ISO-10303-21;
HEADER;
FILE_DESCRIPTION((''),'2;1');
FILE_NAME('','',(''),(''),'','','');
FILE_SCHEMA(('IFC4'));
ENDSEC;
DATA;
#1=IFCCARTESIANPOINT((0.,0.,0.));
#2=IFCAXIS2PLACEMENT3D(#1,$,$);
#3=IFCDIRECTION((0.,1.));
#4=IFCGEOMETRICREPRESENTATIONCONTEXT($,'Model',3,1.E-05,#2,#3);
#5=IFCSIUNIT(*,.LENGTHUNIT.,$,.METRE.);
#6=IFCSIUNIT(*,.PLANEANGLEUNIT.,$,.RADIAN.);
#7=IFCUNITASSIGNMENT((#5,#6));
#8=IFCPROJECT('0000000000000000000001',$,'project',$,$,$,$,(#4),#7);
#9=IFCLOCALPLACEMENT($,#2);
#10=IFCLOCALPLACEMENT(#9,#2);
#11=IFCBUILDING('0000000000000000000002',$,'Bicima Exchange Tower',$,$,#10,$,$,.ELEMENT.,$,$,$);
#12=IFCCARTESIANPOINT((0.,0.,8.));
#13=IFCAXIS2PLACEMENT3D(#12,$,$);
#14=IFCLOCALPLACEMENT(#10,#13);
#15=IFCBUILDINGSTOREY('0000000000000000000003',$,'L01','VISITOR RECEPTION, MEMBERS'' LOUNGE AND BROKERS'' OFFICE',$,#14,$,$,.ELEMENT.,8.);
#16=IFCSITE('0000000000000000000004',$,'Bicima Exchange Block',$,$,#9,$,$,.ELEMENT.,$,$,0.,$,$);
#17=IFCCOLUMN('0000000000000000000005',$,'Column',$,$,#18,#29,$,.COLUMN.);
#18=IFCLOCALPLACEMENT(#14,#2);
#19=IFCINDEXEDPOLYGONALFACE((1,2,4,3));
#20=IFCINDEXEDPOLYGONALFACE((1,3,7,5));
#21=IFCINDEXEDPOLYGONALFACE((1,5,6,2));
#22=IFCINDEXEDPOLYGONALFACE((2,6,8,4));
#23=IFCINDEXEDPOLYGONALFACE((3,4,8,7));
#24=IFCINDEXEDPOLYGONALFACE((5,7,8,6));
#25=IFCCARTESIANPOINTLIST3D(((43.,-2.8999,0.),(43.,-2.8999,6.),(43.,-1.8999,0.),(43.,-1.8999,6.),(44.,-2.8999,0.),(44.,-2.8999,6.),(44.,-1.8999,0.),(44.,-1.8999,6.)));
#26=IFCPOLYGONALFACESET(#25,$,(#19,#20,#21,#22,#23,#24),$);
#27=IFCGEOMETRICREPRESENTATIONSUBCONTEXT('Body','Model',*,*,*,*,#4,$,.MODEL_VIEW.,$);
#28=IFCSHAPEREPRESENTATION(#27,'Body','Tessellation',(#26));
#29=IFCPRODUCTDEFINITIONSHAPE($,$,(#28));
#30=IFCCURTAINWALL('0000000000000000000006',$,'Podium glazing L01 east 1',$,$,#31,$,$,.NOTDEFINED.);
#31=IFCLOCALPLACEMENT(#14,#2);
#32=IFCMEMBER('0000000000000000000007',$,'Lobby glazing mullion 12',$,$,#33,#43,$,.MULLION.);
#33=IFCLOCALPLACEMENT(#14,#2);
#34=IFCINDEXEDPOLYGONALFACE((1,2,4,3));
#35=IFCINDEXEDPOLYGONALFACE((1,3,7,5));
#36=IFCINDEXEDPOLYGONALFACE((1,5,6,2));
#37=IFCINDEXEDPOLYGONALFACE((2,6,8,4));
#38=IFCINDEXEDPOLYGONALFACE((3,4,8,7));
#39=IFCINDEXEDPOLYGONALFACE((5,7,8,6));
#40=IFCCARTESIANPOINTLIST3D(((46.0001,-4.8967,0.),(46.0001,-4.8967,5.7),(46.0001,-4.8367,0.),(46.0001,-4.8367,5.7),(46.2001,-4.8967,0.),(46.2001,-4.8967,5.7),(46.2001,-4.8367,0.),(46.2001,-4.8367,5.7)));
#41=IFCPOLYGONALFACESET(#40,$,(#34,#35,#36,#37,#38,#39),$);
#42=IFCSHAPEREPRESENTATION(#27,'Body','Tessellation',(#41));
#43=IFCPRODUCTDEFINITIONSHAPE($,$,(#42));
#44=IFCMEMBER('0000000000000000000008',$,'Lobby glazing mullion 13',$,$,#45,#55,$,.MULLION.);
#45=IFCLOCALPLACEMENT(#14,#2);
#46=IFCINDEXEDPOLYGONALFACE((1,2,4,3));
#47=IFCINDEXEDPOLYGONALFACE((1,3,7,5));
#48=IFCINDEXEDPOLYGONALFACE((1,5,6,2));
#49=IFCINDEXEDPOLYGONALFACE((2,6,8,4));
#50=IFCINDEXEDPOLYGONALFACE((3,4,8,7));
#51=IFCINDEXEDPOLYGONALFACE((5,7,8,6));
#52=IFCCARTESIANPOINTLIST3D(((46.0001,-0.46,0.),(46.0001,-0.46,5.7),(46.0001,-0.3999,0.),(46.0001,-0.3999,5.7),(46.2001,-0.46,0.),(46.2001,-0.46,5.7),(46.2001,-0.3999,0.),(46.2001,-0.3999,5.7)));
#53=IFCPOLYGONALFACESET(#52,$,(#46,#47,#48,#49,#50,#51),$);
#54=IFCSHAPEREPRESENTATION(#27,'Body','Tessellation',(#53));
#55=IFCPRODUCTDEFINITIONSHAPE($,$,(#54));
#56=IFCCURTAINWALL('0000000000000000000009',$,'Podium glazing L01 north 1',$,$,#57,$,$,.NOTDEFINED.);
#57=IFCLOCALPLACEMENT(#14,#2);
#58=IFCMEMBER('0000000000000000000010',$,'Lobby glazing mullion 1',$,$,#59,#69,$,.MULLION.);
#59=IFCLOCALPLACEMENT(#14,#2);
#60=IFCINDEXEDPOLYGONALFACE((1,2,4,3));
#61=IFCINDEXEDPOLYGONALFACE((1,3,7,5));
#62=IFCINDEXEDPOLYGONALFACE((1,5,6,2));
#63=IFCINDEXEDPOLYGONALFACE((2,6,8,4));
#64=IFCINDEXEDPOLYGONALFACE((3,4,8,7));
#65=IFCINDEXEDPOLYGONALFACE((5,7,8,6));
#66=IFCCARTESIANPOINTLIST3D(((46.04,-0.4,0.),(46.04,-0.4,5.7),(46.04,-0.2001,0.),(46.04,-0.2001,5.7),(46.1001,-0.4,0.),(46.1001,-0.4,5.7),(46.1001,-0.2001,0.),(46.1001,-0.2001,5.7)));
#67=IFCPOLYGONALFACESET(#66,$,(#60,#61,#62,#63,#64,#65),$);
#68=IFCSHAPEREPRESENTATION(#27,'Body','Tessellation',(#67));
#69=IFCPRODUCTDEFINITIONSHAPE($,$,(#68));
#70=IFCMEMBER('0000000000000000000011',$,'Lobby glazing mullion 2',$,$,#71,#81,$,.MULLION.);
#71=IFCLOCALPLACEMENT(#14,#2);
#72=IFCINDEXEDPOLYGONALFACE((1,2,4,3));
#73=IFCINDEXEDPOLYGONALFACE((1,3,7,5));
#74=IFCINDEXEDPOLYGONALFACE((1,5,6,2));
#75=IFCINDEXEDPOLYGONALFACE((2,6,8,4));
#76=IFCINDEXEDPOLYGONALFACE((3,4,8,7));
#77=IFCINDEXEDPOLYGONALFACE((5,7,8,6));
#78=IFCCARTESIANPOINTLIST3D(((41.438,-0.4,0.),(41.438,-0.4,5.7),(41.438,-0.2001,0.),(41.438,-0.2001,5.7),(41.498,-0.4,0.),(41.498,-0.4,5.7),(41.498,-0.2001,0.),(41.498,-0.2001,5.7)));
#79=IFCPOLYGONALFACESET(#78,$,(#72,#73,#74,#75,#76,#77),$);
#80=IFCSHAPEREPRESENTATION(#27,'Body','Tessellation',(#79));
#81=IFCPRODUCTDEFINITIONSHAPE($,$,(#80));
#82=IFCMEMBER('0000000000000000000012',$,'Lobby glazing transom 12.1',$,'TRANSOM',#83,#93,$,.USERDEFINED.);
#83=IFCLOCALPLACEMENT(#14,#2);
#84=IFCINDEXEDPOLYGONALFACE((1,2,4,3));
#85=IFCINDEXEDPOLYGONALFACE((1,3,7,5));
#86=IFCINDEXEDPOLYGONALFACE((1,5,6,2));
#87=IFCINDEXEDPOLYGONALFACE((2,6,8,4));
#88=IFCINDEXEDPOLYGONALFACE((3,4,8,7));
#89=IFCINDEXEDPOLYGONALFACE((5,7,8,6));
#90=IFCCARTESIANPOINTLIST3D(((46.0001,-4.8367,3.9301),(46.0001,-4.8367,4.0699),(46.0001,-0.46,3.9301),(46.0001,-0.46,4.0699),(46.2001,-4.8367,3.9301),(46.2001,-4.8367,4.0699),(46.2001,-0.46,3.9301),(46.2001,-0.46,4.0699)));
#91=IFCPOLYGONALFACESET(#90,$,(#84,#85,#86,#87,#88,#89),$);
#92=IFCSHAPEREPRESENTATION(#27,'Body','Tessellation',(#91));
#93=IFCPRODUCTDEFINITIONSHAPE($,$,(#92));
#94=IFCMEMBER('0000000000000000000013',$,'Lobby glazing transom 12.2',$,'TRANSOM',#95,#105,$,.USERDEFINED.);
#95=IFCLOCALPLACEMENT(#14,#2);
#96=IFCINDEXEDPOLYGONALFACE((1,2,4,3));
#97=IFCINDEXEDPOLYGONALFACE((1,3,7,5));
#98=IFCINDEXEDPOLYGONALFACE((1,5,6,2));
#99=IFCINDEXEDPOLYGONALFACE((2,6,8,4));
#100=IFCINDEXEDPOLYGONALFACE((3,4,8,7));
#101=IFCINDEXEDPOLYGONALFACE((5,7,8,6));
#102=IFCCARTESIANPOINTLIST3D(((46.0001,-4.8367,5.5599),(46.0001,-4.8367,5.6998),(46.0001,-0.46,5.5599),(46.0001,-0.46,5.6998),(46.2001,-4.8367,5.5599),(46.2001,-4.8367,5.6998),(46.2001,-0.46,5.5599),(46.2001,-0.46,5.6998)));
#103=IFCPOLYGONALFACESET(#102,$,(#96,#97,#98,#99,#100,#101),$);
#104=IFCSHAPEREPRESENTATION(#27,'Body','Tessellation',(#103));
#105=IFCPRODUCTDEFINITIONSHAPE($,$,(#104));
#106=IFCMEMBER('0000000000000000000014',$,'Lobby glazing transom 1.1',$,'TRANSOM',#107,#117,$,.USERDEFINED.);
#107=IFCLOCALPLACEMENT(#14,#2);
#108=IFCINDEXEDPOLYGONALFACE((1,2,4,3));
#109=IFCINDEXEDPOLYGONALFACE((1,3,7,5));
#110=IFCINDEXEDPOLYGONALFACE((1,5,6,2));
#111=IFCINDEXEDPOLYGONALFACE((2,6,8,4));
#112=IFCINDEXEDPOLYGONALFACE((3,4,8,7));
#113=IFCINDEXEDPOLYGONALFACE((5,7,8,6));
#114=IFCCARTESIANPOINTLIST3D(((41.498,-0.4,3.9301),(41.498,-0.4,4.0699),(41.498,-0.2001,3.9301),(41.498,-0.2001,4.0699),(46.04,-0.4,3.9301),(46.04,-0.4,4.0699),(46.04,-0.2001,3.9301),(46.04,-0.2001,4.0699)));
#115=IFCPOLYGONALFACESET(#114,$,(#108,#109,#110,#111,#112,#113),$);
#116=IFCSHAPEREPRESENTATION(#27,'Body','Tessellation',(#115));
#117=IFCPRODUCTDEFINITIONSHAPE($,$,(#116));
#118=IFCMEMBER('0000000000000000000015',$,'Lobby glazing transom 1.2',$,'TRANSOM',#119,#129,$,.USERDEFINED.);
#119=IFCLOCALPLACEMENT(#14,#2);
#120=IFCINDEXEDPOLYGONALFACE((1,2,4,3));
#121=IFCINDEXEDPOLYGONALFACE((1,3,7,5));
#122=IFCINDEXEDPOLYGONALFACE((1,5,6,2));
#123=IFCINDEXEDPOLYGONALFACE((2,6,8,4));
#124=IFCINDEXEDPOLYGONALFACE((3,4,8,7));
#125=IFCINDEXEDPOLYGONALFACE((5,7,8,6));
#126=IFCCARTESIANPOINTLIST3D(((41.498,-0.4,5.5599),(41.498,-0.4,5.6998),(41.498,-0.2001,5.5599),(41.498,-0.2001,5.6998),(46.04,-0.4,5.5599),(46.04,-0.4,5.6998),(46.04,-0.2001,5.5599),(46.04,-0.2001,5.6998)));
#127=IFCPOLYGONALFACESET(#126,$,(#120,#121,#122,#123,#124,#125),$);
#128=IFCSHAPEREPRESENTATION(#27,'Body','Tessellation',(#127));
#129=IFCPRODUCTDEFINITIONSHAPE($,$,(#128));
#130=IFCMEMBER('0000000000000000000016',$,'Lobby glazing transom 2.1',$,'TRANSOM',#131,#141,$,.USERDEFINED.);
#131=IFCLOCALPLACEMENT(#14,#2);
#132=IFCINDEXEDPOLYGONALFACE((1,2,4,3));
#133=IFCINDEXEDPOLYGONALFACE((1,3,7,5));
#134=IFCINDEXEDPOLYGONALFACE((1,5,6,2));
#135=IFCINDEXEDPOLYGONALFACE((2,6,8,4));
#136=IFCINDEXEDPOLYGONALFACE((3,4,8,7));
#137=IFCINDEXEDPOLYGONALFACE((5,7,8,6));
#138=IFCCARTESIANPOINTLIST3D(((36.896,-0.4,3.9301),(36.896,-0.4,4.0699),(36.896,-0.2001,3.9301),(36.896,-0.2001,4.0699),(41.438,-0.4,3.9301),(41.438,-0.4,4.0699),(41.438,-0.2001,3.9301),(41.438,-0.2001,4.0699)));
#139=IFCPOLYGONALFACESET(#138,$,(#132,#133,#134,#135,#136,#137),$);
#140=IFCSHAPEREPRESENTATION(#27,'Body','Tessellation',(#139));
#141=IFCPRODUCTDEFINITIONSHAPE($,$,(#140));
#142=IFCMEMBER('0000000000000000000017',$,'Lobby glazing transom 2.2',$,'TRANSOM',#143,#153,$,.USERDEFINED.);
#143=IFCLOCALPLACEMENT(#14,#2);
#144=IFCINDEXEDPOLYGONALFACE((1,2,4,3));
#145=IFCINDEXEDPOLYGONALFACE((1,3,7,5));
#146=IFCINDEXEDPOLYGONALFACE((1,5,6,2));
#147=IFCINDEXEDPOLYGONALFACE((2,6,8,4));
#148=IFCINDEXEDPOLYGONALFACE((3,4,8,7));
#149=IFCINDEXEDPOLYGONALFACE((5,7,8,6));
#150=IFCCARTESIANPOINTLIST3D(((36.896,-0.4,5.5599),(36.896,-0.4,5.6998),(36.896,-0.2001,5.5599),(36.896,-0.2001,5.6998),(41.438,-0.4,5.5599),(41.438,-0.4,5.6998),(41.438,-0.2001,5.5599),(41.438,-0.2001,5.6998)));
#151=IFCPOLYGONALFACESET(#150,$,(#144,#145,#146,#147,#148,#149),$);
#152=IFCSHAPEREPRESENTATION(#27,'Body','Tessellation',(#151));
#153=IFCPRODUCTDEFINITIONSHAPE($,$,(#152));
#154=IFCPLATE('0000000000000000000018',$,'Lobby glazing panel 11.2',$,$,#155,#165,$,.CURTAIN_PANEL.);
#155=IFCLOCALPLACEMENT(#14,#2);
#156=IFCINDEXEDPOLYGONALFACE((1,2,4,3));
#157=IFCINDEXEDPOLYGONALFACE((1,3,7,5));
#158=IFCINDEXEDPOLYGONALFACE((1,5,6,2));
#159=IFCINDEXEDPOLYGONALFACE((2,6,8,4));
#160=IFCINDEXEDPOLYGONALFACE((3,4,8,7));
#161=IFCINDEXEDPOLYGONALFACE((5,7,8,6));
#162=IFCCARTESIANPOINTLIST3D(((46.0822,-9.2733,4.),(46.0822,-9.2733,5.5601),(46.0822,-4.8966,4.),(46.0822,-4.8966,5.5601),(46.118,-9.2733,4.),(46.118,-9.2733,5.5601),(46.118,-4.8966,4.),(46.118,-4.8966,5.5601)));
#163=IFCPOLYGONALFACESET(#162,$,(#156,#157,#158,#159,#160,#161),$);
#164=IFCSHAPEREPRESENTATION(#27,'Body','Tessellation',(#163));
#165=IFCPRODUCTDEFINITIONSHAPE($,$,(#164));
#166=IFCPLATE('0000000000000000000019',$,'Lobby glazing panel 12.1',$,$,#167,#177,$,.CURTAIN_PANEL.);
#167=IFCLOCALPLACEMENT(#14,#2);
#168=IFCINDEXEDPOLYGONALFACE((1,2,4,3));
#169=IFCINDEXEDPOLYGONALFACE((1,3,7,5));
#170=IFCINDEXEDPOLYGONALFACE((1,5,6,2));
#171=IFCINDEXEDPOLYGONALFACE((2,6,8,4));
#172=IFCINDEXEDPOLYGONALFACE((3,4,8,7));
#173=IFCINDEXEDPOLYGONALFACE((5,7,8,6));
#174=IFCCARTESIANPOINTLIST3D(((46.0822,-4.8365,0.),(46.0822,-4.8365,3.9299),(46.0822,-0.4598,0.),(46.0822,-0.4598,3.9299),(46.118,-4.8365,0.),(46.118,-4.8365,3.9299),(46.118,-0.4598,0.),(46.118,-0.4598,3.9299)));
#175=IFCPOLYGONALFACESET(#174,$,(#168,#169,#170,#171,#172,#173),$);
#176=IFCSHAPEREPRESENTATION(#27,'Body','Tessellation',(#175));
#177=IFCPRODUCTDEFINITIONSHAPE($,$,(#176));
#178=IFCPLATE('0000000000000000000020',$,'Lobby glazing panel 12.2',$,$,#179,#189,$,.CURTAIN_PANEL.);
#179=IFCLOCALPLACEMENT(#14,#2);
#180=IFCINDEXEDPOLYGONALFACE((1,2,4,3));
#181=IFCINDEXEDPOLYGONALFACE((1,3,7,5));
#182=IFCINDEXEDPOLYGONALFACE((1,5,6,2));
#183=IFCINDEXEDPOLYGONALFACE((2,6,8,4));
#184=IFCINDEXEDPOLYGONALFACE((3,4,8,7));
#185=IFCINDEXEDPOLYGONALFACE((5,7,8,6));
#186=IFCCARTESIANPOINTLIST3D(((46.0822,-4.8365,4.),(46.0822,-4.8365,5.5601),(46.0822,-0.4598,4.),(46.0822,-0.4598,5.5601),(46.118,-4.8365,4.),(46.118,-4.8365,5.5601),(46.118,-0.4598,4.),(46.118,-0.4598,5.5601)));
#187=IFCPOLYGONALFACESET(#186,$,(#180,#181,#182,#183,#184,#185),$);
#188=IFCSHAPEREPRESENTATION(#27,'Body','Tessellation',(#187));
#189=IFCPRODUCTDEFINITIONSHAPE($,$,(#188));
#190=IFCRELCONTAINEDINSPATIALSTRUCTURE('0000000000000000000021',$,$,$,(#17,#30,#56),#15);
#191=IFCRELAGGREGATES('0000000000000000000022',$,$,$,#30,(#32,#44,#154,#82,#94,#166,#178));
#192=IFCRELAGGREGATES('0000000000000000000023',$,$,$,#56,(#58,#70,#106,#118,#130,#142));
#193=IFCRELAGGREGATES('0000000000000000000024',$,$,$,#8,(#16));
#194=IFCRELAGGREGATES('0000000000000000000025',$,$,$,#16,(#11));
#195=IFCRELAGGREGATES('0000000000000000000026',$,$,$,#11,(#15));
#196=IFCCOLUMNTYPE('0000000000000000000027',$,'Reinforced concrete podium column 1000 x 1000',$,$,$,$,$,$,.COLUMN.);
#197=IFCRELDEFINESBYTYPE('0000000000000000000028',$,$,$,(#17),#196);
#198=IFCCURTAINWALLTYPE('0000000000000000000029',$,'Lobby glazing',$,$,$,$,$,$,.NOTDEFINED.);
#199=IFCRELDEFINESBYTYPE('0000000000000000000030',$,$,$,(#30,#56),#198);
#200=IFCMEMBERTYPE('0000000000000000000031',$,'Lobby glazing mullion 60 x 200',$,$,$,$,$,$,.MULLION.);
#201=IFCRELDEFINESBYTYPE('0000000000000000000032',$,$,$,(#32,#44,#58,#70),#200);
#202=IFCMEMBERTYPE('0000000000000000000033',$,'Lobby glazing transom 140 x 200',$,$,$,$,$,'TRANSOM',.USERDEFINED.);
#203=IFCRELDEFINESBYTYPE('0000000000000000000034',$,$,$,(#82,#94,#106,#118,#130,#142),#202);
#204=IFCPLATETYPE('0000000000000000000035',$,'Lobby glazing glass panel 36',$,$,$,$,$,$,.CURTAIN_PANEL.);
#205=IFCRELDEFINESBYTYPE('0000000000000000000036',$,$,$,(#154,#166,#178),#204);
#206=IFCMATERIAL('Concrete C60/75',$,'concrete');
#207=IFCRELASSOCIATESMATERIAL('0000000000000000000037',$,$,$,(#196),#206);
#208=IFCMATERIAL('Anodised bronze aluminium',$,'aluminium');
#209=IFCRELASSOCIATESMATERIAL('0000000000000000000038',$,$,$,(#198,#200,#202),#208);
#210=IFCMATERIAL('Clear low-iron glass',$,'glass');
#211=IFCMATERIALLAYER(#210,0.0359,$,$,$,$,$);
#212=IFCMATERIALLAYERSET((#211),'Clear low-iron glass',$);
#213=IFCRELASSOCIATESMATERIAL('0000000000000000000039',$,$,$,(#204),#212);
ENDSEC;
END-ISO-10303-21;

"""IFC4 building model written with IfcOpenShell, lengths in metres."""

from ifc_helpers import new_model, si_unit, direction, frame, origin, origin_2d, place, context, subcontext, project, spatial, rectangle, extrude, material, layer, layer_set, material_profile, profile_set, type_object, element, aggregate, save


model = new_model("IFC4")

# Units and contexts
model_context = context("Model", 3, precision=1e-05, world=origin(), true_north=direction((0.0, 1.0)))
body_context = subcontext(model_context, "Body", "Model", "MODEL_VIEW")
ifc_project = project(units=[si_unit("LENGTHUNIT", "METRE"), si_unit("PLANEANGLEUNIT", "RADIAN")], contexts=[model_context])

# Site, building, storey
site_placement = place(None, origin())
site = spatial("IfcSite", under=ifc_project, at=site_placement, Name="Bicima Exchange Block", CompositionType="ELEMENT", RefElevation=0.0)
building_placement = place(site_placement, origin())
building = spatial("IfcBuilding", under=site, at=building_placement, Name="Bicima Exchange Tower", CompositionType="ELEMENT")
storey_placement = place(building_placement, frame((0.0, 0.0, 8.0)))
storey = spatial("IfcBuildingStorey", under=building, at=storey_placement, Name="L01", Description="VISITOR RECEPTION, MEMBERS' LOUNGE AND BROKERS' OFFICE", CompositionType="ELEMENT", Elevation=8.0)

# Column
ifc_material_1 = material(Name="Concrete C60/75", Category="concrete")
ifc_material_profile_1 = material_profile(ifc_material_1, rectangle(XDim=1.0, YDim=1.0, at=origin_2d()))
ifc_profile_set_1 = profile_set([ifc_material_profile_1], Name="Concrete C60/75")
column_type = type_object("IfcColumnType", Name="Reinforced concrete podium column 1000 x 1000", PredefinedType="COLUMN", material=ifc_profile_set_1)
column_placement = place(storey_placement, frame((43.5, -2.3999, 0.0), z_axis=(0.0, 0.0, 1.0), x_axis=(1.0, 0.0, 0.0)))
element("IfcColumn", 1, at=column_placement, inside=storey, type_object=column_type, Name="Column", PredefinedType="COLUMN", context=body_context, shape_type="SweptSolid", body=[
    extrude(rectangle(XDim=1.0, YDim=1.0, at=origin_2d()), origin(), (0.0, 0.0, 1.0), 6.0),
])

# Curtain walls, members
ifc_material_2 = material(Name="Anodised bronze aluminium", Category="aluminium")
curtain_wall_type = type_object("IfcCurtainWallType", Name="Lobby glazing", PredefinedType="NOTDEFINED", material=ifc_material_2)
curtain_wall_1_placement = place(storey_placement, origin())
curtain_wall_1 = element("IfcCurtainWall", 2, at=curtain_wall_1_placement, inside=storey, type_object=curtain_wall_type, Name="Podium glazing L01 east 1", PredefinedType="NOTDEFINED")
ifc_material_profile_2 = material_profile(ifc_material_2, rectangle(XDim=0.2, YDim=0.0601, at=origin_2d()))
ifc_profile_set_2 = profile_set([ifc_material_profile_2], Name="Anodised bronze aluminium")
member_type_1 = type_object("IfcMemberType", Name="Lobby glazing mullion 60 x 200", PredefinedType="MULLION", material=ifc_profile_set_2)
member_1_placement = place(storey_placement, frame((46.1001, -4.8667, 0.0), z_axis=(0.0, 0.0, 1.0), x_axis=(-1.0, 0.0, 0.0)))
member_1 = element("IfcMember", 3, at=member_1_placement, type_object=member_type_1, Name="Lobby glazing mullion 12", PredefinedType="MULLION", context=body_context, shape_type="SweptSolid", body=[
    extrude(rectangle(XDim=0.2, YDim=0.0601, at=origin_2d()), origin(), (0.0, 0.0, 1.0), 5.7),
])
member_2_placement = place(storey_placement, frame((46.1001, -0.4299, 0.0), z_axis=(0.0, 0.0, 1.0), x_axis=(-1.0, 0.0, 0.0)))
member_2 = element("IfcMember", 4, at=member_2_placement, type_object=member_type_1, Name="Lobby glazing mullion 13", PredefinedType="MULLION", context=body_context, shape_type="SweptSolid", body=[
    extrude(rectangle(XDim=0.2, YDim=0.0601, at=origin_2d()), origin(), (0.0, 0.0, 1.0), 5.7),
])
curtain_wall_2_placement = place(storey_placement, origin())
curtain_wall_2 = element("IfcCurtainWall", 5, at=curtain_wall_2_placement, inside=storey, type_object=curtain_wall_type, Name="Podium glazing L01 north 1", PredefinedType="NOTDEFINED")
member_3_placement = place(storey_placement, frame((46.0701, -0.3, 0.0), z_axis=(0.0, 0.0, 1.0), x_axis=(0.0, -1.0, 0.0)))
member_3 = element("IfcMember", 6, at=member_3_placement, type_object=member_type_1, Name="Lobby glazing mullion 1", PredefinedType="MULLION", context=body_context, shape_type="SweptSolid", body=[
    extrude(rectangle(XDim=0.2, YDim=0.0601, at=origin_2d()), origin(), (0.0, 0.0, 1.0), 5.7),
])
member_4_placement = place(storey_placement, frame((41.468, -0.3, 0.0), z_axis=(0.0, 0.0, 1.0), x_axis=(0.0, -1.0, 0.0)))
member_4 = element("IfcMember", 7, at=member_4_placement, type_object=member_type_1, Name="Lobby glazing mullion 2", PredefinedType="MULLION", context=body_context, shape_type="SweptSolid", body=[
    extrude(rectangle(XDim=0.2, YDim=0.0601, at=origin_2d()), origin(), (0.0, 0.0, 1.0), 5.7),
])

# Members
ifc_material_profile_3 = material_profile(ifc_material_2, rectangle(XDim=0.2, YDim=0.1399, at=origin_2d()))
ifc_profile_set_3 = profile_set([ifc_material_profile_3], Name="Anodised bronze aluminium")
member_type_2 = type_object("IfcMemberType", Name="Lobby glazing transom 140 x 200", ElementType="TRANSOM", PredefinedType="USERDEFINED", material=ifc_profile_set_3)
member_5_placement = place(storey_placement, frame((46.1001, -4.8367, 4.0), z_axis=(0.0, 1.0, 0.0), x_axis=(-1.0, 0.0, 0.0)))
member_5 = element("IfcMember", 8, at=member_5_placement, type_object=member_type_2, Name="Lobby glazing transom 12.1", ObjectType="TRANSOM", PredefinedType="USERDEFINED", context=body_context, shape_type="SweptSolid", body=[
    extrude(rectangle(XDim=0.2, YDim=0.1399, at=origin_2d()), origin(), (0.0, 0.0, 1.0), 4.3767),
])
member_6_placement = place(storey_placement, frame((46.1001, -4.8367, 5.6299), z_axis=(0.0, 1.0, 0.0), x_axis=(-1.0, 0.0, 0.0)))
member_6 = element("IfcMember", 9, at=member_6_placement, type_object=member_type_2, Name="Lobby glazing transom 12.2", ObjectType="TRANSOM", PredefinedType="USERDEFINED", context=body_context, shape_type="SweptSolid", body=[
    extrude(rectangle(XDim=0.2, YDim=0.1399, at=origin_2d()), origin(), (0.0, 0.0, 1.0), 4.3767),
])
member_7_placement = place(storey_placement, frame((46.04, -0.3, 4.0), z_axis=(-1.0, 0.0, 0.0), x_axis=(0.0, -1.0, 0.0)))
member_7 = element("IfcMember", 10, at=member_7_placement, type_object=member_type_2, Name="Lobby glazing transom 1.1", ObjectType="TRANSOM", PredefinedType="USERDEFINED", context=body_context, shape_type="SweptSolid", body=[
    extrude(rectangle(XDim=0.2, YDim=0.1399, at=origin_2d()), origin(), (0.0, 0.0, 1.0), 4.542),
])
member_8_placement = place(storey_placement, frame((46.04, -0.3, 5.6299), z_axis=(-1.0, 0.0, 0.0), x_axis=(0.0, -1.0, 0.0)))
member_8 = element("IfcMember", 11, at=member_8_placement, type_object=member_type_2, Name="Lobby glazing transom 1.2", ObjectType="TRANSOM", PredefinedType="USERDEFINED", context=body_context, shape_type="SweptSolid", body=[
    extrude(rectangle(XDim=0.2, YDim=0.1399, at=origin_2d()), origin(), (0.0, 0.0, 1.0), 4.542),
])
member_9_placement = place(storey_placement, frame((41.438, -0.3, 4.0), z_axis=(-1.0, 0.0, 0.0), x_axis=(0.0, -1.0, 0.0)))
member_9 = element("IfcMember", 12, at=member_9_placement, type_object=member_type_2, Name="Lobby glazing transom 2.1", ObjectType="TRANSOM", PredefinedType="USERDEFINED", context=body_context, shape_type="SweptSolid", body=[
    extrude(rectangle(XDim=0.2, YDim=0.1399, at=origin_2d()), origin(), (0.0, 0.0, 1.0), 4.542),
])
member_10_placement = place(storey_placement, frame((41.438, -0.3, 5.6299), z_axis=(-1.0, 0.0, 0.0), x_axis=(0.0, -1.0, 0.0)))
member_10 = element("IfcMember", 13, at=member_10_placement, type_object=member_type_2, Name="Lobby glazing transom 2.2", ObjectType="TRANSOM", PredefinedType="USERDEFINED", context=body_context, shape_type="SweptSolid", body=[
    extrude(rectangle(XDim=0.2, YDim=0.1399, at=origin_2d()), origin(), (0.0, 0.0, 1.0), 4.542),
])

# Plates
ifc_material_3 = material(Name="Clear low-iron glass", Category="glass")
ifc_layer = layer(ifc_material_3, 0.0359)
ifc_layer_set = layer_set([ifc_layer], Name="Clear low-iron glass")
plate_type = type_object("IfcPlateType", Name="Lobby glazing glass panel 36", PredefinedType="CURTAIN_PANEL", material=ifc_layer_set)
plate_1_placement = place(storey_placement, frame((46.1001, -7.085, 4.0), z_axis=(0.0, 0.0, 1.0), x_axis=(0.0, 1.0, 0.0)))
plate_1 = element("IfcPlate", 14, at=plate_1_placement, type_object=plate_type, Name="Lobby glazing panel 11.2", PredefinedType="CURTAIN_PANEL", context=body_context, shape_type="SweptSolid", body=[
    extrude(rectangle(XDim=4.3767, YDim=0.0359, at=origin_2d()), origin(), (0.0, 0.0, 1.0), 1.5601),
])
plate_2_placement = place(storey_placement, frame((46.1001, -2.6482, 0.0), z_axis=(0.0, 0.0, 1.0), x_axis=(0.0, 1.0, 0.0)))
plate_2 = element("IfcPlate", 15, at=plate_2_placement, type_object=plate_type, Name="Lobby glazing panel 12.1", PredefinedType="CURTAIN_PANEL", context=body_context, shape_type="SweptSolid", body=[
    extrude(rectangle(XDim=4.3767, YDim=0.0359, at=origin_2d()), origin(), (0.0, 0.0, 1.0), 3.9299),
])
plate_3_placement = place(storey_placement, frame((46.1001, -2.6482, 4.0), z_axis=(0.0, 0.0, 1.0), x_axis=(0.0, 1.0, 0.0)))
plate_3 = element("IfcPlate", 16, at=plate_3_placement, type_object=plate_type, Name="Lobby glazing panel 12.2", PredefinedType="CURTAIN_PANEL", context=body_context, shape_type="SweptSolid", body=[
    extrude(rectangle(XDim=4.3767, YDim=0.0359, at=origin_2d()), origin(), (0.0, 0.0, 1.0), 1.5601),
])
aggregate(curtain_wall_1, [member_1, member_2, plate_1, member_5, member_6, plate_2, plate_3])
aggregate(curtain_wall_2, [member_3, member_4, member_7, member_8, member_9, member_10])

save(model, "model.ifc")
